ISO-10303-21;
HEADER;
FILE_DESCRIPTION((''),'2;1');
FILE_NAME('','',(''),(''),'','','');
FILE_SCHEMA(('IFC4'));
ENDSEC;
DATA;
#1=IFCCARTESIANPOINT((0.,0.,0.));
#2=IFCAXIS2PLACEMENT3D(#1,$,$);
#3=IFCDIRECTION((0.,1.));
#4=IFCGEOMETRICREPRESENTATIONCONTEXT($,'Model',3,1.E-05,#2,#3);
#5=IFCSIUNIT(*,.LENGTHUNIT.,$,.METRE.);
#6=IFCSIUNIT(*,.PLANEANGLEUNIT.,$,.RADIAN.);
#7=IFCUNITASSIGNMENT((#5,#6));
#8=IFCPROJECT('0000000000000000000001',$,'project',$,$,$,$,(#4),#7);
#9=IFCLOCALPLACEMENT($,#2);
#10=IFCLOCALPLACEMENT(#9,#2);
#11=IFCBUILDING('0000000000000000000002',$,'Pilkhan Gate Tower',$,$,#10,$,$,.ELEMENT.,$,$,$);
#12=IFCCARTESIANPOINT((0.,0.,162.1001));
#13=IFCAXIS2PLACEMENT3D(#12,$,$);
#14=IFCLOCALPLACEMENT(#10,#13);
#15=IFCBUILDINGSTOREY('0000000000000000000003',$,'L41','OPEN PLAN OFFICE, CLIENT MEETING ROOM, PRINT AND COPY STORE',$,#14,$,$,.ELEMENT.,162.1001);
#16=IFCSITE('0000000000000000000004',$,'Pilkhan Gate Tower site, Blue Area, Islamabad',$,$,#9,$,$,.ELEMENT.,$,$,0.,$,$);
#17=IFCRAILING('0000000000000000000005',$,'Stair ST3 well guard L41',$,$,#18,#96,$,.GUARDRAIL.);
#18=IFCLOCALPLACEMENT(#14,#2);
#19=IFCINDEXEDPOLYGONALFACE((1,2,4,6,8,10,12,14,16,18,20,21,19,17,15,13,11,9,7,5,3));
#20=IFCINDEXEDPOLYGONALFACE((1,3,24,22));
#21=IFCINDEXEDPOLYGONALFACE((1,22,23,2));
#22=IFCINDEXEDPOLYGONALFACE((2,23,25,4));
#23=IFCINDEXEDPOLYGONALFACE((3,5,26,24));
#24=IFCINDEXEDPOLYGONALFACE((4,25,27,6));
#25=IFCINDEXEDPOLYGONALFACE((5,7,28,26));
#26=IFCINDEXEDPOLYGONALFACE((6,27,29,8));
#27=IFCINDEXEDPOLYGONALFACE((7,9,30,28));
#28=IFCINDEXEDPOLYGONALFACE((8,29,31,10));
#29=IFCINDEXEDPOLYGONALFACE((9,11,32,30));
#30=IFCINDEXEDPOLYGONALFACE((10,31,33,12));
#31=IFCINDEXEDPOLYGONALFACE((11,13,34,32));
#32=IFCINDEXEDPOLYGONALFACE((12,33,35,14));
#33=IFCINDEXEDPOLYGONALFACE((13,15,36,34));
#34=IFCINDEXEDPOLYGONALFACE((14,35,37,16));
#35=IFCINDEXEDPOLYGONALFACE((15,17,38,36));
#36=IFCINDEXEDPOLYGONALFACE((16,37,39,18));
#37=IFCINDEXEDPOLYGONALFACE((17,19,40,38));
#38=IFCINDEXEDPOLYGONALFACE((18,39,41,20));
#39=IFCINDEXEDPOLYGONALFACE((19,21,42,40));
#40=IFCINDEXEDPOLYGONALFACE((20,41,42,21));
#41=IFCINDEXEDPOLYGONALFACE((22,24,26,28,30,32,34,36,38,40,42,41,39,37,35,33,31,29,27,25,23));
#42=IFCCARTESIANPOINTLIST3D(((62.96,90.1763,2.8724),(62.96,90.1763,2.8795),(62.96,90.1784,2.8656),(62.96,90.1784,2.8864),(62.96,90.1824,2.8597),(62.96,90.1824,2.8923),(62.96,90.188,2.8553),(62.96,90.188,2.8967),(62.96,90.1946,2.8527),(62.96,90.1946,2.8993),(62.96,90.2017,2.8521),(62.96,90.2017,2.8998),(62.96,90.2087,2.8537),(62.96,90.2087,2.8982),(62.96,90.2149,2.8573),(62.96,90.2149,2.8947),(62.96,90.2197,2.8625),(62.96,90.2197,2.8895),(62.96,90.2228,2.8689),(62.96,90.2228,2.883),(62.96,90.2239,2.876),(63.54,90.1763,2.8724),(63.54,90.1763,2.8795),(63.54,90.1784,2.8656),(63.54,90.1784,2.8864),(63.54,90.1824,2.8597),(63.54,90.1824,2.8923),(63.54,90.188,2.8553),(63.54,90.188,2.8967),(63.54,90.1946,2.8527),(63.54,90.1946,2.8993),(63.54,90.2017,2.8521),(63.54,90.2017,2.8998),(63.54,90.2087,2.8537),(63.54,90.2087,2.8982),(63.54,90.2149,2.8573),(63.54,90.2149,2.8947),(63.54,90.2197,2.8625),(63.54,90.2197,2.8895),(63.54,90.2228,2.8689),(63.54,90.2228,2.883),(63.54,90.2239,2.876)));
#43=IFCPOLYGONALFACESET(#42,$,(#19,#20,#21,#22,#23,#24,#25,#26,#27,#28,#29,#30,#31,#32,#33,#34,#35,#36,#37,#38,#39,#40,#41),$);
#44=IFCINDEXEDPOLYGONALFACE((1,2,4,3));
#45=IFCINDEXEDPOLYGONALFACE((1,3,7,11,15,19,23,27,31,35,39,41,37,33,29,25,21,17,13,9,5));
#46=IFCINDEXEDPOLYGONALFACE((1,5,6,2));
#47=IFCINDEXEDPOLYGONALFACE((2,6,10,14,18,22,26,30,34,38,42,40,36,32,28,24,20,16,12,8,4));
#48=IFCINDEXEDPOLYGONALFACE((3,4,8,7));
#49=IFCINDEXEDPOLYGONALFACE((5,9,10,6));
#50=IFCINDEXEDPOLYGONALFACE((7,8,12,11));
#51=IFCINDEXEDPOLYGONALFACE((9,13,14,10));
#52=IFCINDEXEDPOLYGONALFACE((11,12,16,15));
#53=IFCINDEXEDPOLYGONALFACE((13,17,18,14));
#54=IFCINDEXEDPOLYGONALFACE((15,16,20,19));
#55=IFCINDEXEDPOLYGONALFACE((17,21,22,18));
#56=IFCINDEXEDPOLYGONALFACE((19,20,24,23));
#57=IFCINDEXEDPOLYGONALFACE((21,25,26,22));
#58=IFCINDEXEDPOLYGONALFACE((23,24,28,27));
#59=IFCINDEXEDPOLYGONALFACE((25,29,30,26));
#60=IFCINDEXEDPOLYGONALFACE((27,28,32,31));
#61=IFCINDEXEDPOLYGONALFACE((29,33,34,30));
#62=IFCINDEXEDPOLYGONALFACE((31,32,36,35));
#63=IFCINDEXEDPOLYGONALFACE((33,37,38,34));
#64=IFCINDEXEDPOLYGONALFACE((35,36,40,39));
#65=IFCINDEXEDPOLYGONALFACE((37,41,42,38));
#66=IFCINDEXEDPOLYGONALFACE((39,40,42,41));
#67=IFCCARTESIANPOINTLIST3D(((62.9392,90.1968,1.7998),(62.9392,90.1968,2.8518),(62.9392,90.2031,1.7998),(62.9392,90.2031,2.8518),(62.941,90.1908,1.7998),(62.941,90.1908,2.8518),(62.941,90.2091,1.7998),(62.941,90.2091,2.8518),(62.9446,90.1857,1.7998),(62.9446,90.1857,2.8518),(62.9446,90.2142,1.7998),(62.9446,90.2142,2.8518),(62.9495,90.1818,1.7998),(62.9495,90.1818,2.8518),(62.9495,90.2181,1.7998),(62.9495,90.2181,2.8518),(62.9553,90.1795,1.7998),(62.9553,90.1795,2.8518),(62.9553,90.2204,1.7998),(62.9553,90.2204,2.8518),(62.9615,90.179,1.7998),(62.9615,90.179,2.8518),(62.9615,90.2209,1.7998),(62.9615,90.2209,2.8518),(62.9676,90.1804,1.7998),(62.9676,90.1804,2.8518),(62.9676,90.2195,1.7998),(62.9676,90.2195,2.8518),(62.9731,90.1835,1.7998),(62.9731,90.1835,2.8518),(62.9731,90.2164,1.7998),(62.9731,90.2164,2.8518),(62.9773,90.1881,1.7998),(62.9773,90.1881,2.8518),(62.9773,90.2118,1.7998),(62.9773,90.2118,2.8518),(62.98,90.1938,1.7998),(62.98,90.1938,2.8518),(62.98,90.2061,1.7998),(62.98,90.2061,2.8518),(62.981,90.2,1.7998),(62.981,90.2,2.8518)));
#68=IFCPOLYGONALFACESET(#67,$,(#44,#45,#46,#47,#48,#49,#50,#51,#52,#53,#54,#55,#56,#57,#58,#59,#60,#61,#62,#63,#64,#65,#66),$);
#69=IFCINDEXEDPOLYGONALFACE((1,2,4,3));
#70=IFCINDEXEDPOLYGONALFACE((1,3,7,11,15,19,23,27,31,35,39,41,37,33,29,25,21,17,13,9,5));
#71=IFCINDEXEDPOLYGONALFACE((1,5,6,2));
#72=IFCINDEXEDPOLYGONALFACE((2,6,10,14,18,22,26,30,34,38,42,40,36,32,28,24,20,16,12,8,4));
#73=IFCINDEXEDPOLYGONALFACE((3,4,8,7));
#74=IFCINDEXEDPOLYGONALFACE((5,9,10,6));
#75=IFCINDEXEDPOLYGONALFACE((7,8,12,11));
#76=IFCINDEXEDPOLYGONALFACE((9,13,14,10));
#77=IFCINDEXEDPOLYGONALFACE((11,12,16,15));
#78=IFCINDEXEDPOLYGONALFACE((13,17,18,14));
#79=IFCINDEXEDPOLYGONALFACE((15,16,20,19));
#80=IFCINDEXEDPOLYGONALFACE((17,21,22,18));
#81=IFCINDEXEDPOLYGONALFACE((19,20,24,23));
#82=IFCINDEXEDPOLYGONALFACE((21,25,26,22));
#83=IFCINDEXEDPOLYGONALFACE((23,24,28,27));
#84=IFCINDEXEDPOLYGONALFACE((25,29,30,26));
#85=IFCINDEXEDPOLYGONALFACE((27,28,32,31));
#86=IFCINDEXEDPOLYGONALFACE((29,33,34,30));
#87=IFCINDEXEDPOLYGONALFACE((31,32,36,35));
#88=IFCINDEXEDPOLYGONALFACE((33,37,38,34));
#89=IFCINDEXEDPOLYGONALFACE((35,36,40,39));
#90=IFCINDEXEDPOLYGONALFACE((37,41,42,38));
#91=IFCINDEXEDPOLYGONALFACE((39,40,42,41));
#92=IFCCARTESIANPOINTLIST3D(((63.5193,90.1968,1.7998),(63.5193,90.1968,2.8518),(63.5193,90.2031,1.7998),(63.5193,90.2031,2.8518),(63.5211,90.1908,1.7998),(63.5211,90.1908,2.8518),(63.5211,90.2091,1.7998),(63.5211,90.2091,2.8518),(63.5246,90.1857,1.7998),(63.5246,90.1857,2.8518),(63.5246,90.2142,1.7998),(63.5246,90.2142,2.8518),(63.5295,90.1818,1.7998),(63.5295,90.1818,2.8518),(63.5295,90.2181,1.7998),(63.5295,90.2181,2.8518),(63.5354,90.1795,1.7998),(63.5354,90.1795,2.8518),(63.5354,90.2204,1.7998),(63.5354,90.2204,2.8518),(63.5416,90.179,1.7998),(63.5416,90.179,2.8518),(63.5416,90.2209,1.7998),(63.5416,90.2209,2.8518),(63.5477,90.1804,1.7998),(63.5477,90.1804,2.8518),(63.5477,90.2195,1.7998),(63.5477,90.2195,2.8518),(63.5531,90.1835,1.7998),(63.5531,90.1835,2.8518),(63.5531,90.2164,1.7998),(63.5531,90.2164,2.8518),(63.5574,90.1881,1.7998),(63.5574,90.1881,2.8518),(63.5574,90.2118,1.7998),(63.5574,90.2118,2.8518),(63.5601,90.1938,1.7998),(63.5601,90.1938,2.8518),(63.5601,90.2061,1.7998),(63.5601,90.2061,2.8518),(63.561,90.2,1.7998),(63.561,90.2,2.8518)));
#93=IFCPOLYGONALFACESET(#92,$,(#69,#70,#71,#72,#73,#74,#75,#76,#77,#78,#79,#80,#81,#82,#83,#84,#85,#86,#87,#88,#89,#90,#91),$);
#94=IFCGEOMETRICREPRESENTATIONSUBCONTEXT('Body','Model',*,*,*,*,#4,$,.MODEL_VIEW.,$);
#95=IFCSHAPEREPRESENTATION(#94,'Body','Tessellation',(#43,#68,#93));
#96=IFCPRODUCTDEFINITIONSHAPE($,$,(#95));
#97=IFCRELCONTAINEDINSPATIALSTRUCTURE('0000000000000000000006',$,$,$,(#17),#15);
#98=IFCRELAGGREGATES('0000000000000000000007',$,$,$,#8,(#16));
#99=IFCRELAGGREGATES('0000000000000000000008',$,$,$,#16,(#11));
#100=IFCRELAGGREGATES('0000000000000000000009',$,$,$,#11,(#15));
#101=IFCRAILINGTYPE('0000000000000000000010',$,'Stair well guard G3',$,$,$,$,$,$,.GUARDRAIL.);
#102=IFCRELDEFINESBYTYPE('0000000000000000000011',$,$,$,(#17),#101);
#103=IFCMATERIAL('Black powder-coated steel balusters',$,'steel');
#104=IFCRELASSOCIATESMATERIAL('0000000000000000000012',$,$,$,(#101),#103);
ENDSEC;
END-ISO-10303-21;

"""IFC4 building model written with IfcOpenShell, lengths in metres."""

from ifc_helpers import new_model, si_unit, direction, frame, origin, origin_2d, place, context, subcontext, project, spatial, circle, extrude, material, type_object, element, save


model = new_model("IFC4")

# Units and contexts
model_context = context("Model", 3, precision=1e-05, world=origin(), true_north=direction((0.0, 1.0)))
body_context = subcontext(model_context, "Body", "Model", "MODEL_VIEW")
ifc_project = project(units=[si_unit("LENGTHUNIT", "METRE"), si_unit("PLANEANGLEUNIT", "RADIAN")], contexts=[model_context])

# Site, building, storey
site_placement = place(None, origin())
site = spatial("IfcSite", under=ifc_project, at=site_placement, Name="Pilkhan Gate Tower site, Blue Area, Islamabad", CompositionType="ELEMENT", RefElevation=0.0)
building_placement = place(site_placement, origin())
building = spatial("IfcBuilding", under=site, at=building_placement, Name="Pilkhan Gate Tower", CompositionType="ELEMENT")
storey_placement = place(building_placement, frame((0.0, 0.0, 162.1001)))
storey = spatial("IfcBuildingStorey", under=building, at=storey_placement, Name="L41", Description="OPEN PLAN OFFICE, CLIENT MEETING ROOM, PRINT AND COPY STORE", CompositionType="ELEMENT", Elevation=162.1001)

# Railing
ifc_material_1 = material(Name="Black powder-coated steel balusters", Category="steel")
railing_type_1 = type_object("IfcRailingType", Name="Stair well guard G3", PredefinedType="GUARDRAIL", material=ifc_material_1)
for number, where, name in (
    (1, (62.96, 90.2, 1.7998), "Stair ST3 well guard L41"),
):
    element("IfcRailing", number, at=place(storey_placement, frame(where)), inside=storey, type_object=railing_type_1, Name=name, PredefinedType="GUARDRAIL", context=body_context, shape_type="SweptSolid", body=[
        extrude(circle(Radius=0.0239, at=origin_2d()), frame((0.0, 0.0, 1.0762), z_axis=(1.0, 0.0, 0.0), x_axis=(0.0, 1.0, 0.0)), (0.0, 0.0, 1.0), 0.5801),
        extrude(circle(Radius=0.021, at=origin_2d()), origin(), (0.0, 0.0, 1.0), 1.052),
        extrude(circle(Radius=0.021, at=origin_2d()), frame((0.5801, 0.0, 0.0)), (0.0, 0.0, 1.0), 1.052),
    ])

save(model, "model.ifc")
